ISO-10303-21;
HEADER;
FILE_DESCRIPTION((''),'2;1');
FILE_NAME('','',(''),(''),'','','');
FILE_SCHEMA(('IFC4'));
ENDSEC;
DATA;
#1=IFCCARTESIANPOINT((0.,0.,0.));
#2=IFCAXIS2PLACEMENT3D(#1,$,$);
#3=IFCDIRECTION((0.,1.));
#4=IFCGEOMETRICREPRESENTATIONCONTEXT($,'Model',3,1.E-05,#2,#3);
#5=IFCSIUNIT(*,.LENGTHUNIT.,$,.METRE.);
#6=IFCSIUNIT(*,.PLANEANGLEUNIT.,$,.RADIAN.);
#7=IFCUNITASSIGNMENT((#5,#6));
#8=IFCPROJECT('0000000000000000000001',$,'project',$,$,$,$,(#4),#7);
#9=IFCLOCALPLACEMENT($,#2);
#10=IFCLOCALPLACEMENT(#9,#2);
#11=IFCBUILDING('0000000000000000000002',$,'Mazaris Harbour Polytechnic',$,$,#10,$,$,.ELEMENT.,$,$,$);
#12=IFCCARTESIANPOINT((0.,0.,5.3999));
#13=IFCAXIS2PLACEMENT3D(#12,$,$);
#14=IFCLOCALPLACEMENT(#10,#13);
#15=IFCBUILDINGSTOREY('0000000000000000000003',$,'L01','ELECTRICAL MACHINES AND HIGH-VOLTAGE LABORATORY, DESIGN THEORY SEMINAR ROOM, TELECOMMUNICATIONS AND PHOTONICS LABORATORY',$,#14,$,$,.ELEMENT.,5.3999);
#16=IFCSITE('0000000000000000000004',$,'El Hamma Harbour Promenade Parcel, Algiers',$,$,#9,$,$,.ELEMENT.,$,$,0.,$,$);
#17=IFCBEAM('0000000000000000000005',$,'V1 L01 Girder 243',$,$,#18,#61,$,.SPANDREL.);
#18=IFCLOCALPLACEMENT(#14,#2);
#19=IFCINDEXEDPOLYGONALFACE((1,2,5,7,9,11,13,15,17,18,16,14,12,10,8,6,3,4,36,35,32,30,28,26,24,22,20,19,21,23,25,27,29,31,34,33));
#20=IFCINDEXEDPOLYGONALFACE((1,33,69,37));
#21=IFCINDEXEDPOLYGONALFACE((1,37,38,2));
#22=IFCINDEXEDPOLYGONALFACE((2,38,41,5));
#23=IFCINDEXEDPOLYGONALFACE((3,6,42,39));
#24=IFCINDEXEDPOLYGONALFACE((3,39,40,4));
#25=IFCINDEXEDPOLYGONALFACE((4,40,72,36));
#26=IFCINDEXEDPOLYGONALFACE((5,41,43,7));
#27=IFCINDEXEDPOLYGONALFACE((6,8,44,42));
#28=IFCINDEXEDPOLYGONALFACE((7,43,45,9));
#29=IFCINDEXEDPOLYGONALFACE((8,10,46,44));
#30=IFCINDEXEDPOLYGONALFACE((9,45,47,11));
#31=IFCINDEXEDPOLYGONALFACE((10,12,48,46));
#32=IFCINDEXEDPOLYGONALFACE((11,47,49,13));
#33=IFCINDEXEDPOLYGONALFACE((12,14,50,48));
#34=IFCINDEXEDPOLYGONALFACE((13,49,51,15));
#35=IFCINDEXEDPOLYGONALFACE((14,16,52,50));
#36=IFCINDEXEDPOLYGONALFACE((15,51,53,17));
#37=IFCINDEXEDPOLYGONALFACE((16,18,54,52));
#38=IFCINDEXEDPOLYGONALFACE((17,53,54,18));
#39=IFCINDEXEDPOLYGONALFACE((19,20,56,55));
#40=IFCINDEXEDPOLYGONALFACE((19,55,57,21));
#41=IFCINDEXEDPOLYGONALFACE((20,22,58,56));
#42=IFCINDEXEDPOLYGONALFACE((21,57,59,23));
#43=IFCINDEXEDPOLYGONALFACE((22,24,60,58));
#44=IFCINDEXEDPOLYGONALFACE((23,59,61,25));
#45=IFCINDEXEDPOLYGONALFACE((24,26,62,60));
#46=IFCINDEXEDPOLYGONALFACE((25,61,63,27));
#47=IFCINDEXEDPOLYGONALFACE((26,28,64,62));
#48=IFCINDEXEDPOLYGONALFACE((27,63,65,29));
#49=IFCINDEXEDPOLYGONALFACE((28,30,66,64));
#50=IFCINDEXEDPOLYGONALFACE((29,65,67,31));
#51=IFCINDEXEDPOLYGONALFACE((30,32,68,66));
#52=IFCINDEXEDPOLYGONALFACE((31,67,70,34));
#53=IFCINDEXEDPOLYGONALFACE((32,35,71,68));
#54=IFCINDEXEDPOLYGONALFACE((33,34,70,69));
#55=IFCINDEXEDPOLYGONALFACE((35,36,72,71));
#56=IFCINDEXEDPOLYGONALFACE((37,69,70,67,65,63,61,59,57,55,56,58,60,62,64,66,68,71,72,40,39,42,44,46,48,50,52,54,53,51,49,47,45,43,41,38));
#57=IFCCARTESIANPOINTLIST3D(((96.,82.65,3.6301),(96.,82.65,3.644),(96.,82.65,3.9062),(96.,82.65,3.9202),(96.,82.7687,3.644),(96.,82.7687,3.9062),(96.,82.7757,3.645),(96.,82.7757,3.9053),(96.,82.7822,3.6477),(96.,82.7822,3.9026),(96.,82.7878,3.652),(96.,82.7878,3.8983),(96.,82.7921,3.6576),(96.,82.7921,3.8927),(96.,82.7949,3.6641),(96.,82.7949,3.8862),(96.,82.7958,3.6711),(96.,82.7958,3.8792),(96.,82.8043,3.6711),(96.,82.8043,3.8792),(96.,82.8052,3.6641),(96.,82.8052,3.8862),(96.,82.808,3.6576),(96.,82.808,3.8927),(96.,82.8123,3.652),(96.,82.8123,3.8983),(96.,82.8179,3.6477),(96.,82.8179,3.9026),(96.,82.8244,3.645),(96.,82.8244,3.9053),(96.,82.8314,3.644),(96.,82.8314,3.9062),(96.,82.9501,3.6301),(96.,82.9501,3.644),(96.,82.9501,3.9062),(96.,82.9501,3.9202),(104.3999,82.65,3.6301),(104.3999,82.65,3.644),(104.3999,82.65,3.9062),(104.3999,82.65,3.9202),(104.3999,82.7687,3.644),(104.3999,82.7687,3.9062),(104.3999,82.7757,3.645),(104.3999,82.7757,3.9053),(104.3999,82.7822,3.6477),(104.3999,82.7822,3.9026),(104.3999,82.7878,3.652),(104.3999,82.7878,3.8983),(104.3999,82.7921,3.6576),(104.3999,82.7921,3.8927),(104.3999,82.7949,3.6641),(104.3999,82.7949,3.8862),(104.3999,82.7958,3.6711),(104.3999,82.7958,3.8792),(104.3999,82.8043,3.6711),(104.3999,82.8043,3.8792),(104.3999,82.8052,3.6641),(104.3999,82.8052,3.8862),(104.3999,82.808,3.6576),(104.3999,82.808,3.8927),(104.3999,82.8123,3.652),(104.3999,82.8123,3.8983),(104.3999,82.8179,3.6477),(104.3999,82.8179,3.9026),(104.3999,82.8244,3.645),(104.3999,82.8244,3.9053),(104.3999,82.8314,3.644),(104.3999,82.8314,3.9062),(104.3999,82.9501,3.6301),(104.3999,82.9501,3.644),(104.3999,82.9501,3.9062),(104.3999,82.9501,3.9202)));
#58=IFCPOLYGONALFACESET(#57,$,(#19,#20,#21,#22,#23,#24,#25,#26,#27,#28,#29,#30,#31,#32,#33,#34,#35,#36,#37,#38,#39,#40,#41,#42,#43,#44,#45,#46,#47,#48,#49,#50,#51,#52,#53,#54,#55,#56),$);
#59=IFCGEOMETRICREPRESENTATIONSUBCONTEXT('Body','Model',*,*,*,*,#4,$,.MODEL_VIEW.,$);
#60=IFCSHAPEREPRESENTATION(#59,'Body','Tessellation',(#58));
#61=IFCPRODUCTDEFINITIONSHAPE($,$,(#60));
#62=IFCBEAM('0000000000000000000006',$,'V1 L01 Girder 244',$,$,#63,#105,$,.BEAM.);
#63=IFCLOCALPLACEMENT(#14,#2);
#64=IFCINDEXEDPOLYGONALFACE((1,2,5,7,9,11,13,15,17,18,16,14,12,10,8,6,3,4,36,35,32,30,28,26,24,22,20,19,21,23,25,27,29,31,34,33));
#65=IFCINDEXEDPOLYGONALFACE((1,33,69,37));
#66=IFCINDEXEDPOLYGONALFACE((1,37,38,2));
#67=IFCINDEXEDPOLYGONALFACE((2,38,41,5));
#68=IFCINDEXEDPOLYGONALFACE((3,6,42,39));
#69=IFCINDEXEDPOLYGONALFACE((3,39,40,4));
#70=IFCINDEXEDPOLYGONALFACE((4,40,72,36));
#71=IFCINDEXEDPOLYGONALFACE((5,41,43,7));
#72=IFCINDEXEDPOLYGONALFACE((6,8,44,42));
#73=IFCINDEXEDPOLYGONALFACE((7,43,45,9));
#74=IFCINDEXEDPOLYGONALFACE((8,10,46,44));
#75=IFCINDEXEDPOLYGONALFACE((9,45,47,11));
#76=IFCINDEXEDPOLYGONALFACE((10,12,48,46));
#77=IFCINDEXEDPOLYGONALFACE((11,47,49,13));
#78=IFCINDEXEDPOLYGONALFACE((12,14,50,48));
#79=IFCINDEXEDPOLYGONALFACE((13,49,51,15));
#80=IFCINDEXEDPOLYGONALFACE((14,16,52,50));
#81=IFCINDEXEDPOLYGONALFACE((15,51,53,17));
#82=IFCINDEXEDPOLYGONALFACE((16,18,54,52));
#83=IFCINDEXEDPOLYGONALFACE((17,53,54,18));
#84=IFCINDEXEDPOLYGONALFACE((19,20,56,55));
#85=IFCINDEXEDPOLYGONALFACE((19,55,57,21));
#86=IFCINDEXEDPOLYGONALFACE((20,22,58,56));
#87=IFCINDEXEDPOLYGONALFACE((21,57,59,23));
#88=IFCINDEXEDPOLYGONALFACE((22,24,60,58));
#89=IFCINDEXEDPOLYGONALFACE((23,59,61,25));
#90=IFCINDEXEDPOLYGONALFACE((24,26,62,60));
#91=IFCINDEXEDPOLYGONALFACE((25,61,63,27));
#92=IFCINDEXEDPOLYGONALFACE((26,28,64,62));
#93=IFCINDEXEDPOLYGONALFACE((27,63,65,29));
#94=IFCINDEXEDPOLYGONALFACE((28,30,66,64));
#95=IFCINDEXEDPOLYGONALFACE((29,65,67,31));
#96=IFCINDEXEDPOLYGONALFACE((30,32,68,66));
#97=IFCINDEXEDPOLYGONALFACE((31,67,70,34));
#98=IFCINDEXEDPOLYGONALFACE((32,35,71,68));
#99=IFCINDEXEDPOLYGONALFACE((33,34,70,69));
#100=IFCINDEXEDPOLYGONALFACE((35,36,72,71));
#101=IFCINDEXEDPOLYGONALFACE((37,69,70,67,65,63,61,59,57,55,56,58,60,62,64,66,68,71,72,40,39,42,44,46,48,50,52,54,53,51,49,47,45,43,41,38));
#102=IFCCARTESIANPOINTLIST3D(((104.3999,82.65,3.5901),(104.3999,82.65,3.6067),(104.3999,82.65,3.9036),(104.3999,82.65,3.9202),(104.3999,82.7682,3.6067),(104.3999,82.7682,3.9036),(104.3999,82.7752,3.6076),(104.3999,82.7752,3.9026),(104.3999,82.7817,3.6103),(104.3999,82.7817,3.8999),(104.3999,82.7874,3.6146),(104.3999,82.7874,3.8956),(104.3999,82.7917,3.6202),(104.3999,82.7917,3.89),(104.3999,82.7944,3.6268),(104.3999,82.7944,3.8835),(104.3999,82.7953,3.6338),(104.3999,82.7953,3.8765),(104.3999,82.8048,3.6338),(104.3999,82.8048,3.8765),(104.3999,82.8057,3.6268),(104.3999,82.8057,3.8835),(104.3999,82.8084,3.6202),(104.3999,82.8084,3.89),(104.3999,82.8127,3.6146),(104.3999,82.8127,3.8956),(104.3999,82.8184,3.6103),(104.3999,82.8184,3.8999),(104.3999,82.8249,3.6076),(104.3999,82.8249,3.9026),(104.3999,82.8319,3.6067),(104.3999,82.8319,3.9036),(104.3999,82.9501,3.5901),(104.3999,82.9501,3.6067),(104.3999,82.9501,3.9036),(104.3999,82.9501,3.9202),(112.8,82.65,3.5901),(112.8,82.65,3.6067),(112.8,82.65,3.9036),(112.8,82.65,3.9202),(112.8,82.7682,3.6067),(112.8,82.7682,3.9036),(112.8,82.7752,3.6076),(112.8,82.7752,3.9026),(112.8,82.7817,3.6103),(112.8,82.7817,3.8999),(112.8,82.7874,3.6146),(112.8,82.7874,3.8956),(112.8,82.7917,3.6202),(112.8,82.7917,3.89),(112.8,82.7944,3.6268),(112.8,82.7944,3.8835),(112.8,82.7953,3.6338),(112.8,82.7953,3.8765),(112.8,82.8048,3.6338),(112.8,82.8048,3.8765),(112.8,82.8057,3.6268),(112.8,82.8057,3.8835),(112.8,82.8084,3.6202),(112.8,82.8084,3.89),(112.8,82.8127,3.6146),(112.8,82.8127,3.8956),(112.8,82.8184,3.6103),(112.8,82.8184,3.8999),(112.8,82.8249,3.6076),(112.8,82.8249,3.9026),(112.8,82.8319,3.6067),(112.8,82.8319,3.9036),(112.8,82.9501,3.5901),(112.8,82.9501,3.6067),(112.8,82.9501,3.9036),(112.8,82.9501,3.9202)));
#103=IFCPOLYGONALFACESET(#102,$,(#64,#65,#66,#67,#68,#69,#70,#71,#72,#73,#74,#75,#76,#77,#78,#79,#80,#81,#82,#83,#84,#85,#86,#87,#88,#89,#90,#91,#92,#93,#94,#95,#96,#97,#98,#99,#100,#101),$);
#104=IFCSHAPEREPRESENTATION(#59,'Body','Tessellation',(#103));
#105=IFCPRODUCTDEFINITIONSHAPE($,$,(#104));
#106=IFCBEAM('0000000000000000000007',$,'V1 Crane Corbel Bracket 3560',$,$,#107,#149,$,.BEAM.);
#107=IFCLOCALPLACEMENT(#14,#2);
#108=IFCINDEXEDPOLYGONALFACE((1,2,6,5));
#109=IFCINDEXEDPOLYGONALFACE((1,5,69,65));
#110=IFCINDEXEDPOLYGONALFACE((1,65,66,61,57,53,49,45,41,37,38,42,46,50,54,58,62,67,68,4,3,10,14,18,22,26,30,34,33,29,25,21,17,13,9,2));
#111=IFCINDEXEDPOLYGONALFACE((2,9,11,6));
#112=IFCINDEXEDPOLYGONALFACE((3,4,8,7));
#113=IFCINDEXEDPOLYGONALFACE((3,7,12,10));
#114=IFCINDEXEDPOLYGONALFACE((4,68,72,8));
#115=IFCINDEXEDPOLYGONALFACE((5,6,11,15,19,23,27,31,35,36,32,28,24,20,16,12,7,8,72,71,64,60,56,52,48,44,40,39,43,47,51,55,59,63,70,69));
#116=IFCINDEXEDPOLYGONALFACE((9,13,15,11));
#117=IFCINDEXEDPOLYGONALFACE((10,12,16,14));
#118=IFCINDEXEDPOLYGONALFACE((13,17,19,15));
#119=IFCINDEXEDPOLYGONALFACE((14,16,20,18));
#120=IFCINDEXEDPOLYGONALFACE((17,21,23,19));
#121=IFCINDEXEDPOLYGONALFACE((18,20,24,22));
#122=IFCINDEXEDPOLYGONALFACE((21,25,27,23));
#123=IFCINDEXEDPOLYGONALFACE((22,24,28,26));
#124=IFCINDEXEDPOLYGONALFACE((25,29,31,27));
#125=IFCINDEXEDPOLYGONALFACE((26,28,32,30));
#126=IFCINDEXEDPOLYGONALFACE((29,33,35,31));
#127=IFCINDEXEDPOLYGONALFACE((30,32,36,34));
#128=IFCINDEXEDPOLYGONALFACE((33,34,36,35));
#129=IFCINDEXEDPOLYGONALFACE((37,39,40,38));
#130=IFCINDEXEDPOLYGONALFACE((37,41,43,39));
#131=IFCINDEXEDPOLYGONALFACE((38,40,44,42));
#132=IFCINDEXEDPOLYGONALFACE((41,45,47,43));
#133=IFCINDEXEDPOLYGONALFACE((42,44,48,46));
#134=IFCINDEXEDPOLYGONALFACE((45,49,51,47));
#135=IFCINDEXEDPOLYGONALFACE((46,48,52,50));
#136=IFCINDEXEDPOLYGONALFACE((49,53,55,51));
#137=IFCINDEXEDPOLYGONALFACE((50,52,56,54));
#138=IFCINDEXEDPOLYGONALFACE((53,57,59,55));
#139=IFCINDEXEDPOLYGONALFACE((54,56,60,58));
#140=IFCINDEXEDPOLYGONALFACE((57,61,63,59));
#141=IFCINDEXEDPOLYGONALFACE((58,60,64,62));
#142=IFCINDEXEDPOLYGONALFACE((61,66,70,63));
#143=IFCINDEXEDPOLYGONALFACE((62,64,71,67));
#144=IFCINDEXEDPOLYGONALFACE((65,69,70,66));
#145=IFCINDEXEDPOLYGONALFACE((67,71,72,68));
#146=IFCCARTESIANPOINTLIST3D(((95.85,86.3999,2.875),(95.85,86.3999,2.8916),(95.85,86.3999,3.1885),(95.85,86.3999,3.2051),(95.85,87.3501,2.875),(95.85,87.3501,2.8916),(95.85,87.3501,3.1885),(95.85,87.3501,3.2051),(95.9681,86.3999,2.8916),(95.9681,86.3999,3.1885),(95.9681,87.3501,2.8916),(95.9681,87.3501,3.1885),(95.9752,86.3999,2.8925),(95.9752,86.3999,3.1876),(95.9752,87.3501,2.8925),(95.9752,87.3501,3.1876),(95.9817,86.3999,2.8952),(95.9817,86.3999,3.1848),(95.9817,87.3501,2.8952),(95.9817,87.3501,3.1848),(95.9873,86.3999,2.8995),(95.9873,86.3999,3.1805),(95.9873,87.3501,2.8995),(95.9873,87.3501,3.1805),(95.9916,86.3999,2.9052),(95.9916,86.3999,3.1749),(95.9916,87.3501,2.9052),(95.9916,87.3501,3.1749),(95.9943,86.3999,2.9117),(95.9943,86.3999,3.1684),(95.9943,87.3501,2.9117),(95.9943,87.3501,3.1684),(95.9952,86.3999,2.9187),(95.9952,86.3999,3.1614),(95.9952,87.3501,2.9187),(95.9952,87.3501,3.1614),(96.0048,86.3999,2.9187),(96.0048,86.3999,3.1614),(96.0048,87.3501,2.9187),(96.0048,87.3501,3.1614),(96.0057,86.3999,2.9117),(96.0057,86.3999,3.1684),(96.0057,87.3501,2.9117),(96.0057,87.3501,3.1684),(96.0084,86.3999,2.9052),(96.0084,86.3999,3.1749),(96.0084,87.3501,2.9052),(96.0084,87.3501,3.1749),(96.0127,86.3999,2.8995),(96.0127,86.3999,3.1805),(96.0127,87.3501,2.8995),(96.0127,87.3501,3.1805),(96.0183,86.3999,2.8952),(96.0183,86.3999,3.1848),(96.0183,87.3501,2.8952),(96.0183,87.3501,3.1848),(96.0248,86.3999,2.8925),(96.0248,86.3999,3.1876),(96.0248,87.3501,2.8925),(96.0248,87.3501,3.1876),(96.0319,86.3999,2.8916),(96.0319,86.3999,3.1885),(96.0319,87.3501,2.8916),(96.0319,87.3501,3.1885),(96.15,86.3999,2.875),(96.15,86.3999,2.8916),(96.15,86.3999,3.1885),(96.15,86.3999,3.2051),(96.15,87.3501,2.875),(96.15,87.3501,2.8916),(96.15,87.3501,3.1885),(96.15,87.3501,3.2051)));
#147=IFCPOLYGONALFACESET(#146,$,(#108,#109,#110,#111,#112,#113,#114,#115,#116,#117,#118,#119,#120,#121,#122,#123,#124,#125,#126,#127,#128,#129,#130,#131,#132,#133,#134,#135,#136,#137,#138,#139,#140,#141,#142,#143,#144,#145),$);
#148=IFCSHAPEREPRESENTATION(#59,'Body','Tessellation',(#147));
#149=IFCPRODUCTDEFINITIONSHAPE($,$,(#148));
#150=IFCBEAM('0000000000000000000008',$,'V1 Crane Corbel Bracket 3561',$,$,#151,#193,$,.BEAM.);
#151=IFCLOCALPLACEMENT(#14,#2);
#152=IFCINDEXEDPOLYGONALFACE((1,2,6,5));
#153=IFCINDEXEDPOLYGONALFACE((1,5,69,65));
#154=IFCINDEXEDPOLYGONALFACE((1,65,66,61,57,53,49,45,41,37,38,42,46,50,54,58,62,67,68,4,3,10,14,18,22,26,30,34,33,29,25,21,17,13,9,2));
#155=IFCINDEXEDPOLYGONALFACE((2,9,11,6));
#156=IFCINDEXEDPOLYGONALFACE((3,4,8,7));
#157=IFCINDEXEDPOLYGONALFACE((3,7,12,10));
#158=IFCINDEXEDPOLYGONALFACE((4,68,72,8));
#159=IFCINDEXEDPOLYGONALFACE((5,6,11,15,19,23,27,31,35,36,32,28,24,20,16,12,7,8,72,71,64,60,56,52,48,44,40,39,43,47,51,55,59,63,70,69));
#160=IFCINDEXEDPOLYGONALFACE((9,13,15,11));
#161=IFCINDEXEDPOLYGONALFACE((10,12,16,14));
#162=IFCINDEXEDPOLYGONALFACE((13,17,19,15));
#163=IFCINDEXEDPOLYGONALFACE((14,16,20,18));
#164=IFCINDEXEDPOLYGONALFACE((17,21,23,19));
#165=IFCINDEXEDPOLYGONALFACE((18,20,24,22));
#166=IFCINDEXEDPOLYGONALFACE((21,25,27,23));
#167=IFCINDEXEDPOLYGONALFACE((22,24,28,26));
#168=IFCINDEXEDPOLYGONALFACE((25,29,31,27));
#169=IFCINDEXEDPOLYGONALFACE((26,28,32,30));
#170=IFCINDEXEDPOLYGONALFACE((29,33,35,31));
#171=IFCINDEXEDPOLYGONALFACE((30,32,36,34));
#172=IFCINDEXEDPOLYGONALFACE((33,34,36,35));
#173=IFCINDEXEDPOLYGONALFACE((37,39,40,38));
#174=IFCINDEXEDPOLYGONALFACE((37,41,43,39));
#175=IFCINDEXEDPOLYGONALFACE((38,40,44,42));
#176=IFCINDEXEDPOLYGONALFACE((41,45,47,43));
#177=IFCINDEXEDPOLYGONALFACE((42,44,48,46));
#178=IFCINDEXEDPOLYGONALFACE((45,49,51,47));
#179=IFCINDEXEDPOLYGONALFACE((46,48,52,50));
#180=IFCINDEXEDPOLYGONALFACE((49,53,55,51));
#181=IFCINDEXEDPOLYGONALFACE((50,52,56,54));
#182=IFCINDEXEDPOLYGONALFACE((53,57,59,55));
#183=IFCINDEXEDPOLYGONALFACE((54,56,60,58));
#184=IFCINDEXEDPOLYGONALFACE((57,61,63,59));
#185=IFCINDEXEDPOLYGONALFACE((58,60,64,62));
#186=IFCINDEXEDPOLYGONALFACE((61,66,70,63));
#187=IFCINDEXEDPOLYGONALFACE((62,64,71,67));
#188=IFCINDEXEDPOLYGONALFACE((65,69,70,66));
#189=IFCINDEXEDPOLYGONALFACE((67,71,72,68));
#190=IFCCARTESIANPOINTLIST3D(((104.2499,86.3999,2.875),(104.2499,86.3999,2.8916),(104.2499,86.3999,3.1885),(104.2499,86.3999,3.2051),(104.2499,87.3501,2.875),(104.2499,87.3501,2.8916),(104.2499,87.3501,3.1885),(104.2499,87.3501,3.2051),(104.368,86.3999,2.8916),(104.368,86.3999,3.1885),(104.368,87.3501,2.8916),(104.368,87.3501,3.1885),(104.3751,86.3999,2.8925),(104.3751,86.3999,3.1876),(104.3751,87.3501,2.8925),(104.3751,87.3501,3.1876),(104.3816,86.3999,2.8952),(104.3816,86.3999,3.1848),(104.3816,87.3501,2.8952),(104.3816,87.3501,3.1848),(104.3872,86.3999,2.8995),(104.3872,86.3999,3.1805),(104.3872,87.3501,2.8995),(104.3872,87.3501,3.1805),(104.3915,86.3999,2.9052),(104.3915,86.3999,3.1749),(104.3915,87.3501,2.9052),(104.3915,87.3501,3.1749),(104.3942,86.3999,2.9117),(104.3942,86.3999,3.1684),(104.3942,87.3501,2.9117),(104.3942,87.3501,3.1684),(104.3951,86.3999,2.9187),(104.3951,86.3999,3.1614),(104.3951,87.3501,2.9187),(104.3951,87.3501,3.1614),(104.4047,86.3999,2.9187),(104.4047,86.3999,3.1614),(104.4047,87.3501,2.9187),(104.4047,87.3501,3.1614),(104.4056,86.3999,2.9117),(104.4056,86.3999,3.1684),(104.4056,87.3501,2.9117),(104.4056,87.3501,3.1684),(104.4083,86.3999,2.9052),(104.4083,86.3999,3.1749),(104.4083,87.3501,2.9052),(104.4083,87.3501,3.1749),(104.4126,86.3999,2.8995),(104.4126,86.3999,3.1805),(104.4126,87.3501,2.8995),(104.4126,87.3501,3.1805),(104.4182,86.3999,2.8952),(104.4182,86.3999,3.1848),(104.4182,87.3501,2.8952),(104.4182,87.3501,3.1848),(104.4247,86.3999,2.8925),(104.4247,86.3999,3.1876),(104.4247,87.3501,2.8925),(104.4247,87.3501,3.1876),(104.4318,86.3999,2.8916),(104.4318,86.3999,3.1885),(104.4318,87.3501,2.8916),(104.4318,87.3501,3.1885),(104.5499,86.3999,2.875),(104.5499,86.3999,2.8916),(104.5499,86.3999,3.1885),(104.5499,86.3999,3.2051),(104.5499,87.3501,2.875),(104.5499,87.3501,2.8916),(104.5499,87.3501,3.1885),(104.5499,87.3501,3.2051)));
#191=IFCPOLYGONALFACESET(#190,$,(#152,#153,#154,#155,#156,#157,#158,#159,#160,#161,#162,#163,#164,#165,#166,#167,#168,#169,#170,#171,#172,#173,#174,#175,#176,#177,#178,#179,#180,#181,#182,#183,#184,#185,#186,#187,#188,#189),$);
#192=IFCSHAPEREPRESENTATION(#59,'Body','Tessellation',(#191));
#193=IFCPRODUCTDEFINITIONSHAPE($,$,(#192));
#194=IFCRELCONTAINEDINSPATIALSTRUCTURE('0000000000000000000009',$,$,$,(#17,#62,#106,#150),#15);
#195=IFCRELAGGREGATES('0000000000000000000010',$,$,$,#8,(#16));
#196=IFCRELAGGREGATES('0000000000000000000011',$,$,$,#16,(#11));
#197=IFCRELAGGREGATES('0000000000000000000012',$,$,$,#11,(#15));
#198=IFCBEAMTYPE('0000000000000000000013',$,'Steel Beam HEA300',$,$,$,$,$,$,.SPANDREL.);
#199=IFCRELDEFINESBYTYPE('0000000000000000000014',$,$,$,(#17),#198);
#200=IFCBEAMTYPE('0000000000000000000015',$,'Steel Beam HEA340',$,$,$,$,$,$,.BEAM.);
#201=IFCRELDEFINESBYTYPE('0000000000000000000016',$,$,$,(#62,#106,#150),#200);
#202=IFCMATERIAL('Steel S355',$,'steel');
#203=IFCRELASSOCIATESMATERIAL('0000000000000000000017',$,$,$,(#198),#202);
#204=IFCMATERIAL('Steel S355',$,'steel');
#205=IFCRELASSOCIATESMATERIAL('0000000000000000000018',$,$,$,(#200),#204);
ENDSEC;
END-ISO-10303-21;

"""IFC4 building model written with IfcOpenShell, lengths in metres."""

from ifc_helpers import new_model, si_unit, direction, frame, origin, origin_2d, place, context, subcontext, project, spatial, i_section, extrude, material, material_profile, profile_set, type_object, element, save


model = new_model("IFC4")

# Units and contexts
model_context = context("Model", 3, precision=1e-05, world=origin(), true_north=direction((0.0, 1.0)))
body_context = subcontext(model_context, "Body", "Model", "MODEL_VIEW")
ifc_project = project(units=[si_unit("LENGTHUNIT", "METRE"), si_unit("PLANEANGLEUNIT", "RADIAN")], contexts=[model_context])

# Site, building, storey
site_placement = place(None, origin())
site = spatial("IfcSite", under=ifc_project, at=site_placement, Name="El Hamma Harbour Promenade Parcel, Algiers", CompositionType="ELEMENT", RefElevation=0.0)
building_placement = place(site_placement, origin())
building = spatial("IfcBuilding", under=site, at=building_placement, Name="Mazaris Harbour Polytechnic", CompositionType="ELEMENT")
storey_placement = place(building_placement, frame((0.0, 0.0, 5.3999)))
storey = spatial("IfcBuildingStorey", under=building, at=storey_placement, Name="L01", Description="ELECTRICAL MACHINES AND HIGH-VOLTAGE LABORATORY, DESIGN THEORY SEMINAR ROOM, TELECOMMUNICATIONS AND PHOTONICS LABORATORY", CompositionType="ELEMENT", Elevation=5.3999)

# Beams
ifc_material_1 = material(Name="Steel S355", Category="steel")
ifc_material_profile_1 = material_profile(ifc_material_1, i_section(OverallWidth=0.3, OverallDepth=0.29, WebThickness=0.0085, FlangeThickness=0.0139, FilletRadius=0.0271, at=origin_2d()), Name="HEA 300")
ifc_profile_set_1 = profile_set([ifc_material_profile_1], Name="Steel S355")
beam_type_1 = type_object("IfcBeamType", Name="Steel Beam HEA300", PredefinedType="SPANDREL", material=ifc_profile_set_1)
beam_1_placement = place(storey_placement, frame((96.0, 82.8, 3.7751), z_axis=(1.0, 0.0, 0.0), x_axis=(0.0, 1.0, 0.0)))
element("IfcBeam", 1, at=beam_1_placement, inside=storey, type_object=beam_type_1, Name="V1 L01 Girder 243", PredefinedType="SPANDREL", context=body_context, shape_type="SweptSolid", body=[
    extrude(i_section(OverallWidth=0.3, OverallDepth=0.29, WebThickness=0.0085, FlangeThickness=0.0139, FilletRadius=0.0271, at=origin_2d()), origin(), (0.0, 0.0, 1.0), 8.3999),
])
ifc_material_2 = material(Name="Steel S355", Category="steel")
ifc_material_profile_2 = material_profile(ifc_material_2, i_section(OverallWidth=0.3, OverallDepth=0.3301, WebThickness=0.0095, FlangeThickness=0.0166, FilletRadius=0.0271, at=origin_2d()), Name="HEA 340")
ifc_profile_set_2 = profile_set([ifc_material_profile_2], Name="Steel S355")
beam_type_2 = type_object("IfcBeamType", Name="Steel Beam HEA340", PredefinedType="BEAM", material=ifc_profile_set_2)
beam_2_placement = place(storey_placement, frame((104.3999, 82.8, 3.7551), z_axis=(1.0, 0.0, 0.0), x_axis=(0.0, 1.0, 0.0)))
element("IfcBeam", 2, at=beam_2_placement, inside=storey, type_object=beam_type_2, Name="V1 L01 Girder 244", PredefinedType="BEAM", context=body_context, shape_type="SweptSolid", body=[
    extrude(i_section(OverallWidth=0.3, OverallDepth=0.3301, WebThickness=0.0095, FlangeThickness=0.0166, FilletRadius=0.0271, at=origin_2d()), origin(), (0.0, 0.0, 1.0), 8.4001),
])
for number, where, z_axis, x_axis, name in (
    (3, (96.0, 86.3999, 3.04), (0.0, 1.0, 0.0), (-1.0, 0.0, 0.0), "V1 Crane Corbel Bracket 3560"),
    (4, (104.3999, 86.3999, 3.04), (0.0, 1.0, 0.0), (-1.0, 0.0, 0.0), "V1 Crane Corbel Bracket 3561"),
):
    element("IfcBeam", number, at=place(storey_placement, frame(where, z_axis=z_axis, x_axis=x_axis)), inside=storey, type_object=beam_type_2, Name=name, PredefinedType="BEAM", context=body_context, shape_type="SweptSolid", body=[
        extrude(i_section(OverallWidth=0.3, OverallDepth=0.3301, WebThickness=0.0095, FlangeThickness=0.0166, FilletRadius=0.0271, at=origin_2d()), origin(), (0.0, 0.0, 1.0), 0.9502),
    ])

save(model, "model.ifc")
